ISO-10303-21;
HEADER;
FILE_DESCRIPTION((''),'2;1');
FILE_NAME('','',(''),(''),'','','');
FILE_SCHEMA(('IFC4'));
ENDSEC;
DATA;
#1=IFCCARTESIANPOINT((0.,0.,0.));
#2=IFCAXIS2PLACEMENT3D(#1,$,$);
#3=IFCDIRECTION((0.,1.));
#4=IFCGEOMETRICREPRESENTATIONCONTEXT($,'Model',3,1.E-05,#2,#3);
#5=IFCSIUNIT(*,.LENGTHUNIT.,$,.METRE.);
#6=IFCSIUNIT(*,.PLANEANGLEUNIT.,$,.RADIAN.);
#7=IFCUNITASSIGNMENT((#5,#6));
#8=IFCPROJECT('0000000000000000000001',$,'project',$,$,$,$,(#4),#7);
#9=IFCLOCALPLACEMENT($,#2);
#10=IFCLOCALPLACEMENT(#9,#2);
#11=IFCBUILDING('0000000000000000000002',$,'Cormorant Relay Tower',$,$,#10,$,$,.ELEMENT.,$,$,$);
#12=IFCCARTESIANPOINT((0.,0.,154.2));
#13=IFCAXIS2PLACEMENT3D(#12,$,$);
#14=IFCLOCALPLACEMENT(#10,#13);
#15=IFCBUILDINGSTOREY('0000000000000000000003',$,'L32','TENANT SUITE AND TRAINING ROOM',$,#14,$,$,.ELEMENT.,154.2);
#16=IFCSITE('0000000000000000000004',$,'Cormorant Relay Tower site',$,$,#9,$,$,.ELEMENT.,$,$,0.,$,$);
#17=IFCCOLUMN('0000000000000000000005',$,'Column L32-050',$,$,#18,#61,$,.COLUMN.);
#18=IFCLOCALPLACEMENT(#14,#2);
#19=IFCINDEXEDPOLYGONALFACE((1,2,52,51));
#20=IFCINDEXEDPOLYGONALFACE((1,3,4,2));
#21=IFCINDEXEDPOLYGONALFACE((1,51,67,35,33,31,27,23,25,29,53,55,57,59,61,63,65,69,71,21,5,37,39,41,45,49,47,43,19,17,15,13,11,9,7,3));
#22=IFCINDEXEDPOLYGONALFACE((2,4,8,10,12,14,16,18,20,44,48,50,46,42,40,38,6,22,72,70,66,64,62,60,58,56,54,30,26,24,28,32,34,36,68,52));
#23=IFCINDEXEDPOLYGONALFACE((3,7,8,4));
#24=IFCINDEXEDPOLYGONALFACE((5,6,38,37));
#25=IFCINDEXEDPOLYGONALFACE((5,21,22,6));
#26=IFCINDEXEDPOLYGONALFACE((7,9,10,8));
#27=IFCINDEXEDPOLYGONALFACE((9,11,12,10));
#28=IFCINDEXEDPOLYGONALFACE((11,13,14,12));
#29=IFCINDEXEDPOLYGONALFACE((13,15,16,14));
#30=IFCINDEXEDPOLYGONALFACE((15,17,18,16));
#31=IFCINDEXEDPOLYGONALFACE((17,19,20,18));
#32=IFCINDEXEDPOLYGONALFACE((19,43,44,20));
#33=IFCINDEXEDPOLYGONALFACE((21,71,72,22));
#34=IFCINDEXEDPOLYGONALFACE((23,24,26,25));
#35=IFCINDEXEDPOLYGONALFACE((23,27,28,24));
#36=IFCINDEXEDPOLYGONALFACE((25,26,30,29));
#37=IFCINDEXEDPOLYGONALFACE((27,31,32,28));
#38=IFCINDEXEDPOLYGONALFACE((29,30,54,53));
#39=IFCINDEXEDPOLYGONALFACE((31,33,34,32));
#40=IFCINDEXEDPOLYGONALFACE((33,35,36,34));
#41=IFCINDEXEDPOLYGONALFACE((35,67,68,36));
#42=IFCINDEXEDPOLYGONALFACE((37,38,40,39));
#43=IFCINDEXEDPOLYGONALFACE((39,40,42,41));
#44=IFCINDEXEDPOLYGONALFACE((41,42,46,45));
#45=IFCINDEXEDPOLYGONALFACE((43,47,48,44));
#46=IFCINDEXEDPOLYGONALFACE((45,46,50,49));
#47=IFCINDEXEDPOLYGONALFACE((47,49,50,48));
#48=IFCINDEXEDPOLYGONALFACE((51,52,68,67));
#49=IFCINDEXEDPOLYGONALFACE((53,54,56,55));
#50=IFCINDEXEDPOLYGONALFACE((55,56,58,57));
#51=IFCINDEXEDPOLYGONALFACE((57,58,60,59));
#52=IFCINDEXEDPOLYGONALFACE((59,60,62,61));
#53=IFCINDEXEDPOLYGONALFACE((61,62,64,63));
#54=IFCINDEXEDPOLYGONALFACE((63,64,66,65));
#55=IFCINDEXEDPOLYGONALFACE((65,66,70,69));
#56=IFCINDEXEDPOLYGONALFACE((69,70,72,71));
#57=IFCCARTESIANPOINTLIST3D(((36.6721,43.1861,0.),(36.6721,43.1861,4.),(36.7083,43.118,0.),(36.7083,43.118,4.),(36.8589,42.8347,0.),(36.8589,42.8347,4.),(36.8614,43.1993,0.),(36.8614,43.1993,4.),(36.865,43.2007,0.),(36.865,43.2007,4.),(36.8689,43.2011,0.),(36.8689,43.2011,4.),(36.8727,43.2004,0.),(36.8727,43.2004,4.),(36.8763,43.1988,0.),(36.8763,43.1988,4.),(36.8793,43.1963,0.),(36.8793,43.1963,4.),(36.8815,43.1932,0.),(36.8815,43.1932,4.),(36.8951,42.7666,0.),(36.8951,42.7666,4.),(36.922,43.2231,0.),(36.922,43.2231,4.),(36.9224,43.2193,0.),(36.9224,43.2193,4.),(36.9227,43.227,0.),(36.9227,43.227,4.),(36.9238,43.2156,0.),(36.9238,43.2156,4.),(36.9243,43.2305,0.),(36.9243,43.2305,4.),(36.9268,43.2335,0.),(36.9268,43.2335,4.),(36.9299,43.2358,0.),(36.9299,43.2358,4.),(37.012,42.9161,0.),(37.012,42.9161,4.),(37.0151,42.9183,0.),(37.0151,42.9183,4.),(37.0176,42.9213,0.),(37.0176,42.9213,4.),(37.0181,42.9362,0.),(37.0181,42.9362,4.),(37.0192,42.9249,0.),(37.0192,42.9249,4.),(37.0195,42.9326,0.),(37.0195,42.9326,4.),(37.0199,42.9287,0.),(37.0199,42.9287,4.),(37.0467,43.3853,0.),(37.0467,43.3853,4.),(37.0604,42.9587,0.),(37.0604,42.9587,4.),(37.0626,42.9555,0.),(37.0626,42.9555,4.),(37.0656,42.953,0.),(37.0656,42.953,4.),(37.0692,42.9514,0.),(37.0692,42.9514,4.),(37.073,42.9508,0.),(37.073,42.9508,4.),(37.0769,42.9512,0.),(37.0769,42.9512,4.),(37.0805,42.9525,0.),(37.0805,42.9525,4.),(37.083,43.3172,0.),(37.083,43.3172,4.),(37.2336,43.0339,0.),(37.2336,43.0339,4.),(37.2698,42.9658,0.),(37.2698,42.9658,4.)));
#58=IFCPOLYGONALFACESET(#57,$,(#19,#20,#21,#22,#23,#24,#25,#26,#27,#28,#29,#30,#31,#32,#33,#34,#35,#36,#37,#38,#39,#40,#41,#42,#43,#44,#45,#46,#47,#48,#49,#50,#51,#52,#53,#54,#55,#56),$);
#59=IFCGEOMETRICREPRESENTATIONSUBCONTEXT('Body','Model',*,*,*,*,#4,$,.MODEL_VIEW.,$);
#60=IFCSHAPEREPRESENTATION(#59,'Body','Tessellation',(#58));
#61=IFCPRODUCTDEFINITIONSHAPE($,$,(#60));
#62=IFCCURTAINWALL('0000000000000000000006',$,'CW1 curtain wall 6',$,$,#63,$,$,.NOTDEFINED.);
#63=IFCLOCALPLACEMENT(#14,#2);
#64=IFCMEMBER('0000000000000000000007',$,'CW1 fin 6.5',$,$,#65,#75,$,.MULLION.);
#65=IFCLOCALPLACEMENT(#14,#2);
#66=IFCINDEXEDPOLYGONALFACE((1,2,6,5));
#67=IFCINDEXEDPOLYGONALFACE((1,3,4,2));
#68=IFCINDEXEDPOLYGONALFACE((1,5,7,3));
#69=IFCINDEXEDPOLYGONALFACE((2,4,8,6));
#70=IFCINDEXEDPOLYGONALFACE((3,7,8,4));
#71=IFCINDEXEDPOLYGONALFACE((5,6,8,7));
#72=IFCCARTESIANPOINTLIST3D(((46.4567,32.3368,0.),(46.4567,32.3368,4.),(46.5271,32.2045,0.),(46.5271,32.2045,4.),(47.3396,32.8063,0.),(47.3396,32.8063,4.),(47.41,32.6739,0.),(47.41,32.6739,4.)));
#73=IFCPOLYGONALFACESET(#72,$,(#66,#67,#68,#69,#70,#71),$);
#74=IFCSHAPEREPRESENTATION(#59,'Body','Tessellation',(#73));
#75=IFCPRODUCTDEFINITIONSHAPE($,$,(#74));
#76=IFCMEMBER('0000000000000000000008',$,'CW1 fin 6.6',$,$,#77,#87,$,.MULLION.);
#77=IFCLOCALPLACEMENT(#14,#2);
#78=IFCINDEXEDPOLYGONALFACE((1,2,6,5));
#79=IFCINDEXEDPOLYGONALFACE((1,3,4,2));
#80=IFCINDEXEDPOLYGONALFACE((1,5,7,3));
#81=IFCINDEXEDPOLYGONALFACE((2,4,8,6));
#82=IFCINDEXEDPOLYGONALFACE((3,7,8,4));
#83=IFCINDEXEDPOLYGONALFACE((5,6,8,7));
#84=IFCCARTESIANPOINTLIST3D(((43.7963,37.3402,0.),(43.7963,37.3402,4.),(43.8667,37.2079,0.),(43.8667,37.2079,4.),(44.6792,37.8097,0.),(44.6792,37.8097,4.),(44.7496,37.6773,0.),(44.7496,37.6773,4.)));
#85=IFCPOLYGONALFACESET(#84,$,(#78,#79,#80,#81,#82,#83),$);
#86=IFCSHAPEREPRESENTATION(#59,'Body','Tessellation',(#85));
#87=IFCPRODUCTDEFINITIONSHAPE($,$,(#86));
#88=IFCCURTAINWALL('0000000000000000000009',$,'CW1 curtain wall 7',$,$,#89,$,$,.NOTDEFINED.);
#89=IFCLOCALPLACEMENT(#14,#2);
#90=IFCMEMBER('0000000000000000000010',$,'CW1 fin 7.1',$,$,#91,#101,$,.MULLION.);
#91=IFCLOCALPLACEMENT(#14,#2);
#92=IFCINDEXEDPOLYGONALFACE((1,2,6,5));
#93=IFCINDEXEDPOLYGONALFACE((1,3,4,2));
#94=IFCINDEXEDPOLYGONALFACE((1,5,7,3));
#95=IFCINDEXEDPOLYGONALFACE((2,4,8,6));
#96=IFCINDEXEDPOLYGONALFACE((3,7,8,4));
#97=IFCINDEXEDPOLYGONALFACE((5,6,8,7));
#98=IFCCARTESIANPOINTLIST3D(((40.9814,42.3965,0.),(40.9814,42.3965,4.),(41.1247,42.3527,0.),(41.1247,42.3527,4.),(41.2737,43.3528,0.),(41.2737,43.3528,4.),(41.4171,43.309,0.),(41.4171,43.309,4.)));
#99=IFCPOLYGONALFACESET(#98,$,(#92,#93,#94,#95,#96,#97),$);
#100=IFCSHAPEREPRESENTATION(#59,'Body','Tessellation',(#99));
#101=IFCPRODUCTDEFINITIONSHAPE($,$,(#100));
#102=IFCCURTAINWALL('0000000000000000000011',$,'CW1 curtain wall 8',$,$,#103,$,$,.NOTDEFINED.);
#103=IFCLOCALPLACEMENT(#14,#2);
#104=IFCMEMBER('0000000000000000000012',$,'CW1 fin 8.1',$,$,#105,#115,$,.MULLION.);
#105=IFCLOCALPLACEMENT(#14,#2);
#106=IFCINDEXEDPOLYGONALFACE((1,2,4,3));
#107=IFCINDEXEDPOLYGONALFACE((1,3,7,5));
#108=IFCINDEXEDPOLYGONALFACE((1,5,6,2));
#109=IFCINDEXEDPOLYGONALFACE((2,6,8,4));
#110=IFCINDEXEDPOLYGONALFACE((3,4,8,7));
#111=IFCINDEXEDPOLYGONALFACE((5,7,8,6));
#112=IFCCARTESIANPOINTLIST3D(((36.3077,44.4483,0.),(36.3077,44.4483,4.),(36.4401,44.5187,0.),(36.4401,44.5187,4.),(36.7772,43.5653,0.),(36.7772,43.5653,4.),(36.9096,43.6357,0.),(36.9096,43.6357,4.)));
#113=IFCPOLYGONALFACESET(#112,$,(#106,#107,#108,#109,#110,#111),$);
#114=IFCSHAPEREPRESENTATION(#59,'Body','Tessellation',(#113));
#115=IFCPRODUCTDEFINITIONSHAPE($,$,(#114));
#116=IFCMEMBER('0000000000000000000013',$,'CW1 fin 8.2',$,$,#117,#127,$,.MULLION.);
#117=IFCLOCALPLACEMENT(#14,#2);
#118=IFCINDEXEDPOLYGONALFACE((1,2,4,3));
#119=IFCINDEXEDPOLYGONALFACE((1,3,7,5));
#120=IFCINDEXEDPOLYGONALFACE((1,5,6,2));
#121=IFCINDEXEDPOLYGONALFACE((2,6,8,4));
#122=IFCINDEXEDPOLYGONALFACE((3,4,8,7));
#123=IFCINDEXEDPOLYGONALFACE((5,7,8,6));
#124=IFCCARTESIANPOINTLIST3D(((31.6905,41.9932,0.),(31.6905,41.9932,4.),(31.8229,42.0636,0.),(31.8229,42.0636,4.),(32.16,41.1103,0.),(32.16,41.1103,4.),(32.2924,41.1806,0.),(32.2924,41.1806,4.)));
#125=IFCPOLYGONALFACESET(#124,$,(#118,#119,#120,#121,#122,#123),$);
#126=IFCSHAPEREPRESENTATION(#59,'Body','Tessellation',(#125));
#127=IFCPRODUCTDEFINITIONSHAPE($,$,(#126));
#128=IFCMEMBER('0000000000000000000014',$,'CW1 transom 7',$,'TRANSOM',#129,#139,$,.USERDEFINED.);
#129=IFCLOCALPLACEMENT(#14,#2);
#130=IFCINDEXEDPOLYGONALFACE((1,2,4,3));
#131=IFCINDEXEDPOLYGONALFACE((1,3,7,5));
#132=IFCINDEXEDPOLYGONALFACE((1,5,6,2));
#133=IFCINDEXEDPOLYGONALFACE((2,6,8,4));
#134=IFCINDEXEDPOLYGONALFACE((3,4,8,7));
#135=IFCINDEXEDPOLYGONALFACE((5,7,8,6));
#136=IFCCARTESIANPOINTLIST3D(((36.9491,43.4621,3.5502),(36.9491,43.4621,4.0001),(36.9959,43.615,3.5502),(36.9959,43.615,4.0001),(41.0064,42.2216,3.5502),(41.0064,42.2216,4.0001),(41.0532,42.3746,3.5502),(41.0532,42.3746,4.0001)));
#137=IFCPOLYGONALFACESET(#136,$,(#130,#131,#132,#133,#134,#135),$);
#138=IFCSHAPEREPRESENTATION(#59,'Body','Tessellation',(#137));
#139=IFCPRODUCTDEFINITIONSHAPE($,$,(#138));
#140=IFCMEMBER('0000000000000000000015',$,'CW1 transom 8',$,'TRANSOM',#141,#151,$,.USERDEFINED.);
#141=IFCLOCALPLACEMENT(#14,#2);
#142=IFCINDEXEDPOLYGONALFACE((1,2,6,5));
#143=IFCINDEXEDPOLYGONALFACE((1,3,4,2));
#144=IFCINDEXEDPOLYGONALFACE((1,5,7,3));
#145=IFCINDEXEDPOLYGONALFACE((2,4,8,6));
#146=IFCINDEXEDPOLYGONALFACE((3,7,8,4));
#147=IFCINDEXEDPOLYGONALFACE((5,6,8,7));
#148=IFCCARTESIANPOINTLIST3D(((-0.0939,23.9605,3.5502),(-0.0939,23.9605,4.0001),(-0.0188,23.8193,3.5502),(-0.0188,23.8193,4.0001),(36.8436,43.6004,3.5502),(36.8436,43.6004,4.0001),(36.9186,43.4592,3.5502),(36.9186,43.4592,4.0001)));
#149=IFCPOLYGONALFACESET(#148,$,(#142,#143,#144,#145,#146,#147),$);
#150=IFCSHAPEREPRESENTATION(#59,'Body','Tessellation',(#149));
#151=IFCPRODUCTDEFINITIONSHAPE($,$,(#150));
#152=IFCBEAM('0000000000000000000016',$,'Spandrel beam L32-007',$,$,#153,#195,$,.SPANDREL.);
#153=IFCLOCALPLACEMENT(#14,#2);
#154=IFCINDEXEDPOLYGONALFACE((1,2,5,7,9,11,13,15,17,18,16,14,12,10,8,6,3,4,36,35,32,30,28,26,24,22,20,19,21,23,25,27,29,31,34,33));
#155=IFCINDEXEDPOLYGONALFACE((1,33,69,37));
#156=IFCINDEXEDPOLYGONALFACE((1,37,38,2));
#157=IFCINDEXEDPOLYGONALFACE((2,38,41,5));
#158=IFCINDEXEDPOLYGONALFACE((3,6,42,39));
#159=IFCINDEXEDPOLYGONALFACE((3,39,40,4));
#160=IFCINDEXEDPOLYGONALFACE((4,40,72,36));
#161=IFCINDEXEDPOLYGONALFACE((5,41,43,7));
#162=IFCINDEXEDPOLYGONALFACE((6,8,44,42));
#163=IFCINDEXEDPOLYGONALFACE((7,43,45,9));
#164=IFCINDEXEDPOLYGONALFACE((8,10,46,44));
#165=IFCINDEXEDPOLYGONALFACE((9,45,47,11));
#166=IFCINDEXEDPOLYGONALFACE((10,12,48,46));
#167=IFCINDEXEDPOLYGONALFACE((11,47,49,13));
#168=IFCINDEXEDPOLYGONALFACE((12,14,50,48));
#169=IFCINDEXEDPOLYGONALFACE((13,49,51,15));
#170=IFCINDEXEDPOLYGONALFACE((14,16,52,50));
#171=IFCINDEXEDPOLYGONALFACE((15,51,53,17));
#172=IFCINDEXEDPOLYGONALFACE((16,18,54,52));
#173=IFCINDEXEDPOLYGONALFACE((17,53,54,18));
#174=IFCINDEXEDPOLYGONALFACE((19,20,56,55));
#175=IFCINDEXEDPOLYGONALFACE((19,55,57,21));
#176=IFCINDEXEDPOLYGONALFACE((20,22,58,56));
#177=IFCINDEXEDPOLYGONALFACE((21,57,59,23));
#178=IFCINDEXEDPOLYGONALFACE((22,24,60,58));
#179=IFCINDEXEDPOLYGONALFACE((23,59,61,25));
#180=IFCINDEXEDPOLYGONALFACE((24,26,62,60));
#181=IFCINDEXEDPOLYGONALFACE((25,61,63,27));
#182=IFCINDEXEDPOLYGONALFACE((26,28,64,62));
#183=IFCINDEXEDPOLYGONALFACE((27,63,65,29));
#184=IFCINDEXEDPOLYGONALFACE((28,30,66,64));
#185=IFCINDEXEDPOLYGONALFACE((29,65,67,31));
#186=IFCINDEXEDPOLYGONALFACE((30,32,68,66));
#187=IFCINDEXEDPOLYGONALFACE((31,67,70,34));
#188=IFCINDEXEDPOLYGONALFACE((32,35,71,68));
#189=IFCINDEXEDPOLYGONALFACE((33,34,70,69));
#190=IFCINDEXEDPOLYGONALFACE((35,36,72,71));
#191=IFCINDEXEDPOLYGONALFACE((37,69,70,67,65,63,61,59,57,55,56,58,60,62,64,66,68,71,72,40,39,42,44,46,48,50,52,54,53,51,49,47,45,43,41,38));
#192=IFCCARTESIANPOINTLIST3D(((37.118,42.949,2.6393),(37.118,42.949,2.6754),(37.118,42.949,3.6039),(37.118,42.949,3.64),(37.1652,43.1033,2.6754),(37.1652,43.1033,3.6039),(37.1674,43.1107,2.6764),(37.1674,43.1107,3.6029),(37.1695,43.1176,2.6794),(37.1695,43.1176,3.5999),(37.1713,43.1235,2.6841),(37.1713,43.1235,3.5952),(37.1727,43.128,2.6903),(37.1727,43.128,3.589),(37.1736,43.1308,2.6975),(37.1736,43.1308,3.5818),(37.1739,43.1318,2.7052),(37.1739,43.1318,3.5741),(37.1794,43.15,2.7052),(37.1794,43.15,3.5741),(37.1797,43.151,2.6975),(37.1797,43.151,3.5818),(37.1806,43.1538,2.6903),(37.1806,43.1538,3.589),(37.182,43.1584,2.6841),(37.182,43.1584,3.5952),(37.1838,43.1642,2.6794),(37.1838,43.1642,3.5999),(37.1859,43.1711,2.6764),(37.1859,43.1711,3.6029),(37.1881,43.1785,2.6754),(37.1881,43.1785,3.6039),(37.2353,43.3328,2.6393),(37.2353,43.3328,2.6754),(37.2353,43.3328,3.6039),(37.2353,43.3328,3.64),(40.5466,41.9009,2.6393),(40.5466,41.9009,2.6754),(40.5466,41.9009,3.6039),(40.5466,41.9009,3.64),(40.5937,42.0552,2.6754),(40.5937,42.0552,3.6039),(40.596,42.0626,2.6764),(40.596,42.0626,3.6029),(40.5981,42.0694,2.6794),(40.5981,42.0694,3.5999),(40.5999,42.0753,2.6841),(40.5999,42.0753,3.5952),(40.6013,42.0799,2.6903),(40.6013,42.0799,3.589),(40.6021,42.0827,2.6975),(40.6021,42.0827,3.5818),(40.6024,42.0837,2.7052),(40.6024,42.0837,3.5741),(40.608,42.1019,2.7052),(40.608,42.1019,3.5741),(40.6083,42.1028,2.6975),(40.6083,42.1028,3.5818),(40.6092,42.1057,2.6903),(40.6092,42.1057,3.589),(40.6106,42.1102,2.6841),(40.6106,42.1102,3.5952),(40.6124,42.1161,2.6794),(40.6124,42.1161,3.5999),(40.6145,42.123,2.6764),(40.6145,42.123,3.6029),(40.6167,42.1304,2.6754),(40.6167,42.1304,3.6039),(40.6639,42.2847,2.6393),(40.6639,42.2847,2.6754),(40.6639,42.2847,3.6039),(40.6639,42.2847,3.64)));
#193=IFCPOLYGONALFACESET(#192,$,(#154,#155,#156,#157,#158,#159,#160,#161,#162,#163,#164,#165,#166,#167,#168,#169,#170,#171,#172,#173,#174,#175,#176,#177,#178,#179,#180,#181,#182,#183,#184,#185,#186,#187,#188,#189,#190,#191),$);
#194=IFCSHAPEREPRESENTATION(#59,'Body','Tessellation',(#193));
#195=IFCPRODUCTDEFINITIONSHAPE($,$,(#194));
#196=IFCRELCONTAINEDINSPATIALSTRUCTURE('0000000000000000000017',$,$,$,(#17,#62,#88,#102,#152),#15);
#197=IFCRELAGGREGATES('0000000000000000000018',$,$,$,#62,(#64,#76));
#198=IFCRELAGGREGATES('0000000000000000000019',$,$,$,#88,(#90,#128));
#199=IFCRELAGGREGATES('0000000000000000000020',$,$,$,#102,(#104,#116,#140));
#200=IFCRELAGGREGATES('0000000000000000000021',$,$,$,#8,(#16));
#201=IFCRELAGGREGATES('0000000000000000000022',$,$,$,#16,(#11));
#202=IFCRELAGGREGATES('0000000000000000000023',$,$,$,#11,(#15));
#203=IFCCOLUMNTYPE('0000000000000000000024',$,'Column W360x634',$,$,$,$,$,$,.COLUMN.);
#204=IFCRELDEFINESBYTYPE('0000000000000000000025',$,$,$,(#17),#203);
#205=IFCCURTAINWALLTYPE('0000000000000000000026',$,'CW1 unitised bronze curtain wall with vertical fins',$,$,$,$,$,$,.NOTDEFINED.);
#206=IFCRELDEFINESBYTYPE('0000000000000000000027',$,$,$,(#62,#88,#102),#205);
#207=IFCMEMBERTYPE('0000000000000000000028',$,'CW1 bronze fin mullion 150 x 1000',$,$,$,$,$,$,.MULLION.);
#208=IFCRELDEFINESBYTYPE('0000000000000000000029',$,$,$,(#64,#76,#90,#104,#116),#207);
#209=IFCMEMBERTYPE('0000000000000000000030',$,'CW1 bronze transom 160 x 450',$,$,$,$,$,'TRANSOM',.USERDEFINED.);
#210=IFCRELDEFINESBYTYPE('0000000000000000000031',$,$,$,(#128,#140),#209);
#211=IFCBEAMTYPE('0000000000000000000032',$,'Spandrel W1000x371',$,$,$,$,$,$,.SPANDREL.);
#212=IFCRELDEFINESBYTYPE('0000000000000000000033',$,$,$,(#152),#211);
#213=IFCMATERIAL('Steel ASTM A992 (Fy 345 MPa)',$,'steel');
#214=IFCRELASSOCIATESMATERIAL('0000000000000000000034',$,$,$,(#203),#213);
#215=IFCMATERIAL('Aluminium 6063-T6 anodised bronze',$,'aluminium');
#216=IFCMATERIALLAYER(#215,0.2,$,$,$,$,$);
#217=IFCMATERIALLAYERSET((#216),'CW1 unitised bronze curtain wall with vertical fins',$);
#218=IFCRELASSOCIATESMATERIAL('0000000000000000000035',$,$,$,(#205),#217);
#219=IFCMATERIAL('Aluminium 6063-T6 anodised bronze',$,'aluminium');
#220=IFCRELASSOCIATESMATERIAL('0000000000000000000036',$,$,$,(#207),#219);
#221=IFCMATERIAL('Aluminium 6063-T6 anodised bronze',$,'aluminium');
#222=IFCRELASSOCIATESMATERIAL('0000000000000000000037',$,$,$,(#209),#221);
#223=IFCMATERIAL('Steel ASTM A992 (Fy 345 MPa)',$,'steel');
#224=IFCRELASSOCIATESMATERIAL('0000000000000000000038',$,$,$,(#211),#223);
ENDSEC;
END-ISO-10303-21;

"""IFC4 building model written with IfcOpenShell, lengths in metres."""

from ifc_helpers import new_model, si_unit, direction, frame, origin, origin_2d, place, context, subcontext, project, spatial, rectangle, i_section, extrude, material, layer, layer_set, material_profile, profile_set, type_object, element, aggregate, save


model = new_model("IFC4")

# Units and contexts
model_context = context("Model", 3, precision=1e-05, world=origin(), true_north=direction((0.0, 1.0)))
body_context = subcontext(model_context, "Body", "Model", "MODEL_VIEW")
ifc_project = project(units=[si_unit("LENGTHUNIT", "METRE"), si_unit("PLANEANGLEUNIT", "RADIAN")], contexts=[model_context])

# Site, building, storey
site_placement = place(None, origin())
site = spatial("IfcSite", under=ifc_project, at=site_placement, Name="Cormorant Relay Tower site", CompositionType="ELEMENT", RefElevation=0.0)
building_placement = place(site_placement, origin())
building = spatial("IfcBuilding", under=site, at=building_placement, Name="Cormorant Relay Tower", CompositionType="ELEMENT")
storey_placement = place(building_placement, frame((0.0, 0.0, 154.2)))
storey = spatial("IfcBuildingStorey", under=building, at=storey_placement, Name="L32", Description="TENANT SUITE AND TRAINING ROOM", CompositionType="ELEMENT", Elevation=154.2)

# Column
ifc_material_1 = material(Name="Steel ASTM A992 (Fy 345 MPa)", Category="steel")
ifc_material_profile_1 = material_profile(ifc_material_1, i_section(OverallWidth=0.4243, OverallDepth=0.4751, WebThickness=0.0479, FlangeThickness=0.0771, FilletRadius=0.0149, at=origin_2d()), Name="W360x634")
ifc_profile_set_1 = profile_set([ifc_material_profile_1], Name="Steel ASTM A992 (Fy 345 MPa)")
column_type_1 = type_object("IfcColumnType", Name="Column W360x634", PredefinedType="COLUMN", material=ifc_profile_set_1)
for number, where, z_axis, x_axis, name in (
    (1, (36.9709, 43.0759, 0.0), (0.0, 0.0, 1.0), (-0.882948, -0.469472, 0.0), "Column L32-050"),
):
    element("IfcColumn", number, at=place(storey_placement, frame(where, z_axis=z_axis, x_axis=x_axis)), inside=storey, type_object=column_type_1, Name=name, PredefinedType="COLUMN", context=body_context, shape_type="SweptSolid", body=[
        extrude(i_section(OverallWidth=0.4243, OverallDepth=0.4751, WebThickness=0.0479, FlangeThickness=0.0771, FilletRadius=0.0149, at=origin_2d()), origin(), (0.0, 0.0, 1.0), 4.0),
    ])

# Curtain wall, members
ifc_material_2 = material(Name="Aluminium 6063-T6 anodised bronze", Category="aluminium")
ifc_layer_1 = layer(ifc_material_2, 0.2)
ifc_layer_set_1 = layer_set([ifc_layer_1], Name="CW1 unitised bronze curtain wall with vertical fins")
curtain_wall_type = type_object("IfcCurtainWallType", Name="CW1 unitised bronze curtain wall with vertical fins", PredefinedType="NOTDEFINED", material=ifc_layer_set_1)
curtain_wall_1_placement = place(storey_placement, origin())
curtain_wall_1 = element("IfcCurtainWall", 2, at=curtain_wall_1_placement, inside=storey, type_object=curtain_wall_type, Name="CW1 curtain wall 6", PredefinedType="NOTDEFINED")
ifc_material_3 = material(Name="Aluminium 6063-T6 anodised bronze", Category="aluminium")
ifc_material_profile_2 = material_profile(ifc_material_3, rectangle(XDim=0.1499, YDim=1.0, at=origin_2d()), Name="AL 150x1000")
ifc_profile_set_2 = profile_set([ifc_material_profile_2], Name="Aluminium 6063-T6 anodised bronze")
member_type_1 = type_object("IfcMemberType", Name="CW1 bronze fin mullion 150 x 1000", PredefinedType="MULLION", material=ifc_profile_set_2)
member_1_placement = place(storey_placement, frame((46.9333, 32.5054, 0.0), z_axis=(0.0, 0.0, 1.0), x_axis=(-0.469472, 0.882948, 0.0)))
member_1 = element("IfcMember", 3, at=member_1_placement, type_object=member_type_1, Name="CW1 fin 6.5", PredefinedType="MULLION", context=body_context, shape_type="SweptSolid", body=[
    extrude(rectangle(XDim=0.1499, YDim=1.0, at=origin_2d()), origin(), (0.0, 0.0, 1.0), 4.0),
])
member_2_placement = place(storey_placement, frame((44.2729, 37.5088, 0.0), z_axis=(0.0, 0.0, 1.0), x_axis=(-0.469472, 0.882948, 0.0)))
member_2 = element("IfcMember", 4, at=member_2_placement, type_object=member_type_1, Name="CW1 fin 6.6", PredefinedType="MULLION", context=body_context, shape_type="SweptSolid", body=[
    extrude(rectangle(XDim=0.1499, YDim=1.0, at=origin_2d()), origin(), (0.0, 0.0, 1.0), 4.0),
])

# Curtain wall, member
curtain_wall_2_placement = place(storey_placement, origin())
curtain_wall_2 = element("IfcCurtainWall", 5, at=curtain_wall_2_placement, inside=storey, type_object=curtain_wall_type, Name="CW1 curtain wall 7", PredefinedType="NOTDEFINED")
member_3_placement = place(storey_placement, frame((41.1992, 42.8528, 0.0), z_axis=(0.0, 0.0, 1.0), x_axis=(-0.956305, 0.292372, 0.0)))
member_3 = element("IfcMember", 6, at=member_3_placement, type_object=member_type_1, Name="CW1 fin 7.1", PredefinedType="MULLION", context=body_context, shape_type="SweptSolid", body=[
    extrude(rectangle(XDim=0.1499, YDim=1.0, at=origin_2d()), origin(), (0.0, 0.0, 1.0), 4.0),
])

# Curtain wall, members
curtain_wall_3_placement = place(storey_placement, origin())
curtain_wall_3 = element("IfcCurtainWall", 7, at=curtain_wall_3_placement, inside=storey, type_object=curtain_wall_type, Name="CW1 curtain wall 8", PredefinedType="NOTDEFINED")
member_4_placement = place(storey_placement, frame((36.6086, 44.042, 0.0), z_axis=(0.0, 0.0, 1.0), x_axis=(-0.882948, -0.469472, 0.0)))
member_4 = element("IfcMember", 8, at=member_4_placement, type_object=member_type_1, Name="CW1 fin 8.1", PredefinedType="MULLION", context=body_context, shape_type="SweptSolid", body=[
    extrude(rectangle(XDim=0.1499, YDim=1.0, at=origin_2d()), origin(), (0.0, 0.0, 1.0), 4.0),
])
member_5_placement = place(storey_placement, frame((31.9915, 41.5869, 0.0), z_axis=(0.0, 0.0, 1.0), x_axis=(-0.882948, -0.469472, 0.0)))
member_5 = element("IfcMember", 9, at=member_5_placement, type_object=member_type_1, Name="CW1 fin 8.2", PredefinedType="MULLION", context=body_context, shape_type="SweptSolid", body=[
    extrude(rectangle(XDim=0.1499, YDim=1.0, at=origin_2d()), origin(), (0.0, 0.0, 1.0), 4.0),
])

# Members
ifc_material_4 = material(Name="Aluminium 6063-T6 anodised bronze", Category="aluminium")
ifc_material_profile_3 = material_profile(ifc_material_4, rectangle(XDim=0.1599, YDim=0.45, at=origin_2d()), Name="AL 160x450")
ifc_profile_set_3 = profile_set([ifc_material_profile_3], Name="Aluminium 6063-T6 anodised bronze")
member_type_2 = type_object("IfcMemberType", Name="CW1 bronze transom 160 x 450", ElementType="TRANSOM", PredefinedType="USERDEFINED", material=ifc_profile_set_3)
member_6_placement = place(storey_placement, frame((41.0298, 42.2981, 3.7751), z_axis=(-0.956304, 0.292375, 0.0), x_axis=(-0.292375, -0.956304, 0.0)))
member_6 = element("IfcMember", 10, at=member_6_placement, type_object=member_type_2, Name="CW1 transom 7", ObjectType="TRANSOM", PredefinedType="USERDEFINED", context=body_context, shape_type="SweptSolid", body=[
    extrude(rectangle(XDim=0.1599, YDim=0.45, at=origin_2d()), origin(), (0.0, 0.0, 1.0), 4.2427),
])
member_7_placement = place(storey_placement, frame((36.8811, 43.5298, 3.7751), z_axis=(-0.882949, -0.469469, 0.0), x_axis=(0.469469, -0.882949, 0.0)))
member_7 = element("IfcMember", 11, at=member_7_placement, type_object=member_type_2, Name="CW1 transom 8", ObjectType="TRANSOM", PredefinedType="USERDEFINED", context=body_context, shape_type="SweptSolid", body=[
    extrude(rectangle(XDim=0.1599, YDim=0.45, at=origin_2d()), origin(), (0.0, 0.0, 1.0), 41.8342),
])

# Beam
ifc_material_5 = material(Name="Steel ASTM A992 (Fy 345 MPa)", Category="steel")
ifc_material_profile_4 = material_profile(ifc_material_5, i_section(OverallWidth=0.4014, OverallDepth=1.0007, WebThickness=0.019, FlangeThickness=0.0361, FilletRadius=0.0298, at=origin_2d()), Name="W1000x371")
ifc_profile_set_4 = profile_set([ifc_material_profile_4], Name="Steel ASTM A992 (Fy 345 MPa)")
beam_type = type_object("IfcBeamType", Name="Spandrel W1000x371", PredefinedType="SPANDREL", material=ifc_profile_set_4)
beam_1_placement = place(storey_placement, frame((40.6052, 42.0928, 3.1396), z_axis=(-0.956312, 0.292348, 0.0), x_axis=(-0.292348, -0.956312, 0.0)))
element("IfcBeam", 12, at=beam_1_placement, inside=storey, type_object=beam_type, Name="Spandrel beam L32-007", PredefinedType="SPANDREL", context=body_context, shape_type="SweptSolid", body=[
    extrude(i_section(OverallWidth=0.4014, OverallDepth=1.0007, WebThickness=0.019, FlangeThickness=0.0361, FilletRadius=0.0298, at=origin_2d()), origin(), (0.0, 0.0, 1.0), 3.5852),
])

aggregate(curtain_wall_1, [member_1, member_2])
aggregate(curtain_wall_2, [member_3, member_6])
aggregate(curtain_wall_3, [member_4, member_5, member_7])

save(model, "model.ifc")
